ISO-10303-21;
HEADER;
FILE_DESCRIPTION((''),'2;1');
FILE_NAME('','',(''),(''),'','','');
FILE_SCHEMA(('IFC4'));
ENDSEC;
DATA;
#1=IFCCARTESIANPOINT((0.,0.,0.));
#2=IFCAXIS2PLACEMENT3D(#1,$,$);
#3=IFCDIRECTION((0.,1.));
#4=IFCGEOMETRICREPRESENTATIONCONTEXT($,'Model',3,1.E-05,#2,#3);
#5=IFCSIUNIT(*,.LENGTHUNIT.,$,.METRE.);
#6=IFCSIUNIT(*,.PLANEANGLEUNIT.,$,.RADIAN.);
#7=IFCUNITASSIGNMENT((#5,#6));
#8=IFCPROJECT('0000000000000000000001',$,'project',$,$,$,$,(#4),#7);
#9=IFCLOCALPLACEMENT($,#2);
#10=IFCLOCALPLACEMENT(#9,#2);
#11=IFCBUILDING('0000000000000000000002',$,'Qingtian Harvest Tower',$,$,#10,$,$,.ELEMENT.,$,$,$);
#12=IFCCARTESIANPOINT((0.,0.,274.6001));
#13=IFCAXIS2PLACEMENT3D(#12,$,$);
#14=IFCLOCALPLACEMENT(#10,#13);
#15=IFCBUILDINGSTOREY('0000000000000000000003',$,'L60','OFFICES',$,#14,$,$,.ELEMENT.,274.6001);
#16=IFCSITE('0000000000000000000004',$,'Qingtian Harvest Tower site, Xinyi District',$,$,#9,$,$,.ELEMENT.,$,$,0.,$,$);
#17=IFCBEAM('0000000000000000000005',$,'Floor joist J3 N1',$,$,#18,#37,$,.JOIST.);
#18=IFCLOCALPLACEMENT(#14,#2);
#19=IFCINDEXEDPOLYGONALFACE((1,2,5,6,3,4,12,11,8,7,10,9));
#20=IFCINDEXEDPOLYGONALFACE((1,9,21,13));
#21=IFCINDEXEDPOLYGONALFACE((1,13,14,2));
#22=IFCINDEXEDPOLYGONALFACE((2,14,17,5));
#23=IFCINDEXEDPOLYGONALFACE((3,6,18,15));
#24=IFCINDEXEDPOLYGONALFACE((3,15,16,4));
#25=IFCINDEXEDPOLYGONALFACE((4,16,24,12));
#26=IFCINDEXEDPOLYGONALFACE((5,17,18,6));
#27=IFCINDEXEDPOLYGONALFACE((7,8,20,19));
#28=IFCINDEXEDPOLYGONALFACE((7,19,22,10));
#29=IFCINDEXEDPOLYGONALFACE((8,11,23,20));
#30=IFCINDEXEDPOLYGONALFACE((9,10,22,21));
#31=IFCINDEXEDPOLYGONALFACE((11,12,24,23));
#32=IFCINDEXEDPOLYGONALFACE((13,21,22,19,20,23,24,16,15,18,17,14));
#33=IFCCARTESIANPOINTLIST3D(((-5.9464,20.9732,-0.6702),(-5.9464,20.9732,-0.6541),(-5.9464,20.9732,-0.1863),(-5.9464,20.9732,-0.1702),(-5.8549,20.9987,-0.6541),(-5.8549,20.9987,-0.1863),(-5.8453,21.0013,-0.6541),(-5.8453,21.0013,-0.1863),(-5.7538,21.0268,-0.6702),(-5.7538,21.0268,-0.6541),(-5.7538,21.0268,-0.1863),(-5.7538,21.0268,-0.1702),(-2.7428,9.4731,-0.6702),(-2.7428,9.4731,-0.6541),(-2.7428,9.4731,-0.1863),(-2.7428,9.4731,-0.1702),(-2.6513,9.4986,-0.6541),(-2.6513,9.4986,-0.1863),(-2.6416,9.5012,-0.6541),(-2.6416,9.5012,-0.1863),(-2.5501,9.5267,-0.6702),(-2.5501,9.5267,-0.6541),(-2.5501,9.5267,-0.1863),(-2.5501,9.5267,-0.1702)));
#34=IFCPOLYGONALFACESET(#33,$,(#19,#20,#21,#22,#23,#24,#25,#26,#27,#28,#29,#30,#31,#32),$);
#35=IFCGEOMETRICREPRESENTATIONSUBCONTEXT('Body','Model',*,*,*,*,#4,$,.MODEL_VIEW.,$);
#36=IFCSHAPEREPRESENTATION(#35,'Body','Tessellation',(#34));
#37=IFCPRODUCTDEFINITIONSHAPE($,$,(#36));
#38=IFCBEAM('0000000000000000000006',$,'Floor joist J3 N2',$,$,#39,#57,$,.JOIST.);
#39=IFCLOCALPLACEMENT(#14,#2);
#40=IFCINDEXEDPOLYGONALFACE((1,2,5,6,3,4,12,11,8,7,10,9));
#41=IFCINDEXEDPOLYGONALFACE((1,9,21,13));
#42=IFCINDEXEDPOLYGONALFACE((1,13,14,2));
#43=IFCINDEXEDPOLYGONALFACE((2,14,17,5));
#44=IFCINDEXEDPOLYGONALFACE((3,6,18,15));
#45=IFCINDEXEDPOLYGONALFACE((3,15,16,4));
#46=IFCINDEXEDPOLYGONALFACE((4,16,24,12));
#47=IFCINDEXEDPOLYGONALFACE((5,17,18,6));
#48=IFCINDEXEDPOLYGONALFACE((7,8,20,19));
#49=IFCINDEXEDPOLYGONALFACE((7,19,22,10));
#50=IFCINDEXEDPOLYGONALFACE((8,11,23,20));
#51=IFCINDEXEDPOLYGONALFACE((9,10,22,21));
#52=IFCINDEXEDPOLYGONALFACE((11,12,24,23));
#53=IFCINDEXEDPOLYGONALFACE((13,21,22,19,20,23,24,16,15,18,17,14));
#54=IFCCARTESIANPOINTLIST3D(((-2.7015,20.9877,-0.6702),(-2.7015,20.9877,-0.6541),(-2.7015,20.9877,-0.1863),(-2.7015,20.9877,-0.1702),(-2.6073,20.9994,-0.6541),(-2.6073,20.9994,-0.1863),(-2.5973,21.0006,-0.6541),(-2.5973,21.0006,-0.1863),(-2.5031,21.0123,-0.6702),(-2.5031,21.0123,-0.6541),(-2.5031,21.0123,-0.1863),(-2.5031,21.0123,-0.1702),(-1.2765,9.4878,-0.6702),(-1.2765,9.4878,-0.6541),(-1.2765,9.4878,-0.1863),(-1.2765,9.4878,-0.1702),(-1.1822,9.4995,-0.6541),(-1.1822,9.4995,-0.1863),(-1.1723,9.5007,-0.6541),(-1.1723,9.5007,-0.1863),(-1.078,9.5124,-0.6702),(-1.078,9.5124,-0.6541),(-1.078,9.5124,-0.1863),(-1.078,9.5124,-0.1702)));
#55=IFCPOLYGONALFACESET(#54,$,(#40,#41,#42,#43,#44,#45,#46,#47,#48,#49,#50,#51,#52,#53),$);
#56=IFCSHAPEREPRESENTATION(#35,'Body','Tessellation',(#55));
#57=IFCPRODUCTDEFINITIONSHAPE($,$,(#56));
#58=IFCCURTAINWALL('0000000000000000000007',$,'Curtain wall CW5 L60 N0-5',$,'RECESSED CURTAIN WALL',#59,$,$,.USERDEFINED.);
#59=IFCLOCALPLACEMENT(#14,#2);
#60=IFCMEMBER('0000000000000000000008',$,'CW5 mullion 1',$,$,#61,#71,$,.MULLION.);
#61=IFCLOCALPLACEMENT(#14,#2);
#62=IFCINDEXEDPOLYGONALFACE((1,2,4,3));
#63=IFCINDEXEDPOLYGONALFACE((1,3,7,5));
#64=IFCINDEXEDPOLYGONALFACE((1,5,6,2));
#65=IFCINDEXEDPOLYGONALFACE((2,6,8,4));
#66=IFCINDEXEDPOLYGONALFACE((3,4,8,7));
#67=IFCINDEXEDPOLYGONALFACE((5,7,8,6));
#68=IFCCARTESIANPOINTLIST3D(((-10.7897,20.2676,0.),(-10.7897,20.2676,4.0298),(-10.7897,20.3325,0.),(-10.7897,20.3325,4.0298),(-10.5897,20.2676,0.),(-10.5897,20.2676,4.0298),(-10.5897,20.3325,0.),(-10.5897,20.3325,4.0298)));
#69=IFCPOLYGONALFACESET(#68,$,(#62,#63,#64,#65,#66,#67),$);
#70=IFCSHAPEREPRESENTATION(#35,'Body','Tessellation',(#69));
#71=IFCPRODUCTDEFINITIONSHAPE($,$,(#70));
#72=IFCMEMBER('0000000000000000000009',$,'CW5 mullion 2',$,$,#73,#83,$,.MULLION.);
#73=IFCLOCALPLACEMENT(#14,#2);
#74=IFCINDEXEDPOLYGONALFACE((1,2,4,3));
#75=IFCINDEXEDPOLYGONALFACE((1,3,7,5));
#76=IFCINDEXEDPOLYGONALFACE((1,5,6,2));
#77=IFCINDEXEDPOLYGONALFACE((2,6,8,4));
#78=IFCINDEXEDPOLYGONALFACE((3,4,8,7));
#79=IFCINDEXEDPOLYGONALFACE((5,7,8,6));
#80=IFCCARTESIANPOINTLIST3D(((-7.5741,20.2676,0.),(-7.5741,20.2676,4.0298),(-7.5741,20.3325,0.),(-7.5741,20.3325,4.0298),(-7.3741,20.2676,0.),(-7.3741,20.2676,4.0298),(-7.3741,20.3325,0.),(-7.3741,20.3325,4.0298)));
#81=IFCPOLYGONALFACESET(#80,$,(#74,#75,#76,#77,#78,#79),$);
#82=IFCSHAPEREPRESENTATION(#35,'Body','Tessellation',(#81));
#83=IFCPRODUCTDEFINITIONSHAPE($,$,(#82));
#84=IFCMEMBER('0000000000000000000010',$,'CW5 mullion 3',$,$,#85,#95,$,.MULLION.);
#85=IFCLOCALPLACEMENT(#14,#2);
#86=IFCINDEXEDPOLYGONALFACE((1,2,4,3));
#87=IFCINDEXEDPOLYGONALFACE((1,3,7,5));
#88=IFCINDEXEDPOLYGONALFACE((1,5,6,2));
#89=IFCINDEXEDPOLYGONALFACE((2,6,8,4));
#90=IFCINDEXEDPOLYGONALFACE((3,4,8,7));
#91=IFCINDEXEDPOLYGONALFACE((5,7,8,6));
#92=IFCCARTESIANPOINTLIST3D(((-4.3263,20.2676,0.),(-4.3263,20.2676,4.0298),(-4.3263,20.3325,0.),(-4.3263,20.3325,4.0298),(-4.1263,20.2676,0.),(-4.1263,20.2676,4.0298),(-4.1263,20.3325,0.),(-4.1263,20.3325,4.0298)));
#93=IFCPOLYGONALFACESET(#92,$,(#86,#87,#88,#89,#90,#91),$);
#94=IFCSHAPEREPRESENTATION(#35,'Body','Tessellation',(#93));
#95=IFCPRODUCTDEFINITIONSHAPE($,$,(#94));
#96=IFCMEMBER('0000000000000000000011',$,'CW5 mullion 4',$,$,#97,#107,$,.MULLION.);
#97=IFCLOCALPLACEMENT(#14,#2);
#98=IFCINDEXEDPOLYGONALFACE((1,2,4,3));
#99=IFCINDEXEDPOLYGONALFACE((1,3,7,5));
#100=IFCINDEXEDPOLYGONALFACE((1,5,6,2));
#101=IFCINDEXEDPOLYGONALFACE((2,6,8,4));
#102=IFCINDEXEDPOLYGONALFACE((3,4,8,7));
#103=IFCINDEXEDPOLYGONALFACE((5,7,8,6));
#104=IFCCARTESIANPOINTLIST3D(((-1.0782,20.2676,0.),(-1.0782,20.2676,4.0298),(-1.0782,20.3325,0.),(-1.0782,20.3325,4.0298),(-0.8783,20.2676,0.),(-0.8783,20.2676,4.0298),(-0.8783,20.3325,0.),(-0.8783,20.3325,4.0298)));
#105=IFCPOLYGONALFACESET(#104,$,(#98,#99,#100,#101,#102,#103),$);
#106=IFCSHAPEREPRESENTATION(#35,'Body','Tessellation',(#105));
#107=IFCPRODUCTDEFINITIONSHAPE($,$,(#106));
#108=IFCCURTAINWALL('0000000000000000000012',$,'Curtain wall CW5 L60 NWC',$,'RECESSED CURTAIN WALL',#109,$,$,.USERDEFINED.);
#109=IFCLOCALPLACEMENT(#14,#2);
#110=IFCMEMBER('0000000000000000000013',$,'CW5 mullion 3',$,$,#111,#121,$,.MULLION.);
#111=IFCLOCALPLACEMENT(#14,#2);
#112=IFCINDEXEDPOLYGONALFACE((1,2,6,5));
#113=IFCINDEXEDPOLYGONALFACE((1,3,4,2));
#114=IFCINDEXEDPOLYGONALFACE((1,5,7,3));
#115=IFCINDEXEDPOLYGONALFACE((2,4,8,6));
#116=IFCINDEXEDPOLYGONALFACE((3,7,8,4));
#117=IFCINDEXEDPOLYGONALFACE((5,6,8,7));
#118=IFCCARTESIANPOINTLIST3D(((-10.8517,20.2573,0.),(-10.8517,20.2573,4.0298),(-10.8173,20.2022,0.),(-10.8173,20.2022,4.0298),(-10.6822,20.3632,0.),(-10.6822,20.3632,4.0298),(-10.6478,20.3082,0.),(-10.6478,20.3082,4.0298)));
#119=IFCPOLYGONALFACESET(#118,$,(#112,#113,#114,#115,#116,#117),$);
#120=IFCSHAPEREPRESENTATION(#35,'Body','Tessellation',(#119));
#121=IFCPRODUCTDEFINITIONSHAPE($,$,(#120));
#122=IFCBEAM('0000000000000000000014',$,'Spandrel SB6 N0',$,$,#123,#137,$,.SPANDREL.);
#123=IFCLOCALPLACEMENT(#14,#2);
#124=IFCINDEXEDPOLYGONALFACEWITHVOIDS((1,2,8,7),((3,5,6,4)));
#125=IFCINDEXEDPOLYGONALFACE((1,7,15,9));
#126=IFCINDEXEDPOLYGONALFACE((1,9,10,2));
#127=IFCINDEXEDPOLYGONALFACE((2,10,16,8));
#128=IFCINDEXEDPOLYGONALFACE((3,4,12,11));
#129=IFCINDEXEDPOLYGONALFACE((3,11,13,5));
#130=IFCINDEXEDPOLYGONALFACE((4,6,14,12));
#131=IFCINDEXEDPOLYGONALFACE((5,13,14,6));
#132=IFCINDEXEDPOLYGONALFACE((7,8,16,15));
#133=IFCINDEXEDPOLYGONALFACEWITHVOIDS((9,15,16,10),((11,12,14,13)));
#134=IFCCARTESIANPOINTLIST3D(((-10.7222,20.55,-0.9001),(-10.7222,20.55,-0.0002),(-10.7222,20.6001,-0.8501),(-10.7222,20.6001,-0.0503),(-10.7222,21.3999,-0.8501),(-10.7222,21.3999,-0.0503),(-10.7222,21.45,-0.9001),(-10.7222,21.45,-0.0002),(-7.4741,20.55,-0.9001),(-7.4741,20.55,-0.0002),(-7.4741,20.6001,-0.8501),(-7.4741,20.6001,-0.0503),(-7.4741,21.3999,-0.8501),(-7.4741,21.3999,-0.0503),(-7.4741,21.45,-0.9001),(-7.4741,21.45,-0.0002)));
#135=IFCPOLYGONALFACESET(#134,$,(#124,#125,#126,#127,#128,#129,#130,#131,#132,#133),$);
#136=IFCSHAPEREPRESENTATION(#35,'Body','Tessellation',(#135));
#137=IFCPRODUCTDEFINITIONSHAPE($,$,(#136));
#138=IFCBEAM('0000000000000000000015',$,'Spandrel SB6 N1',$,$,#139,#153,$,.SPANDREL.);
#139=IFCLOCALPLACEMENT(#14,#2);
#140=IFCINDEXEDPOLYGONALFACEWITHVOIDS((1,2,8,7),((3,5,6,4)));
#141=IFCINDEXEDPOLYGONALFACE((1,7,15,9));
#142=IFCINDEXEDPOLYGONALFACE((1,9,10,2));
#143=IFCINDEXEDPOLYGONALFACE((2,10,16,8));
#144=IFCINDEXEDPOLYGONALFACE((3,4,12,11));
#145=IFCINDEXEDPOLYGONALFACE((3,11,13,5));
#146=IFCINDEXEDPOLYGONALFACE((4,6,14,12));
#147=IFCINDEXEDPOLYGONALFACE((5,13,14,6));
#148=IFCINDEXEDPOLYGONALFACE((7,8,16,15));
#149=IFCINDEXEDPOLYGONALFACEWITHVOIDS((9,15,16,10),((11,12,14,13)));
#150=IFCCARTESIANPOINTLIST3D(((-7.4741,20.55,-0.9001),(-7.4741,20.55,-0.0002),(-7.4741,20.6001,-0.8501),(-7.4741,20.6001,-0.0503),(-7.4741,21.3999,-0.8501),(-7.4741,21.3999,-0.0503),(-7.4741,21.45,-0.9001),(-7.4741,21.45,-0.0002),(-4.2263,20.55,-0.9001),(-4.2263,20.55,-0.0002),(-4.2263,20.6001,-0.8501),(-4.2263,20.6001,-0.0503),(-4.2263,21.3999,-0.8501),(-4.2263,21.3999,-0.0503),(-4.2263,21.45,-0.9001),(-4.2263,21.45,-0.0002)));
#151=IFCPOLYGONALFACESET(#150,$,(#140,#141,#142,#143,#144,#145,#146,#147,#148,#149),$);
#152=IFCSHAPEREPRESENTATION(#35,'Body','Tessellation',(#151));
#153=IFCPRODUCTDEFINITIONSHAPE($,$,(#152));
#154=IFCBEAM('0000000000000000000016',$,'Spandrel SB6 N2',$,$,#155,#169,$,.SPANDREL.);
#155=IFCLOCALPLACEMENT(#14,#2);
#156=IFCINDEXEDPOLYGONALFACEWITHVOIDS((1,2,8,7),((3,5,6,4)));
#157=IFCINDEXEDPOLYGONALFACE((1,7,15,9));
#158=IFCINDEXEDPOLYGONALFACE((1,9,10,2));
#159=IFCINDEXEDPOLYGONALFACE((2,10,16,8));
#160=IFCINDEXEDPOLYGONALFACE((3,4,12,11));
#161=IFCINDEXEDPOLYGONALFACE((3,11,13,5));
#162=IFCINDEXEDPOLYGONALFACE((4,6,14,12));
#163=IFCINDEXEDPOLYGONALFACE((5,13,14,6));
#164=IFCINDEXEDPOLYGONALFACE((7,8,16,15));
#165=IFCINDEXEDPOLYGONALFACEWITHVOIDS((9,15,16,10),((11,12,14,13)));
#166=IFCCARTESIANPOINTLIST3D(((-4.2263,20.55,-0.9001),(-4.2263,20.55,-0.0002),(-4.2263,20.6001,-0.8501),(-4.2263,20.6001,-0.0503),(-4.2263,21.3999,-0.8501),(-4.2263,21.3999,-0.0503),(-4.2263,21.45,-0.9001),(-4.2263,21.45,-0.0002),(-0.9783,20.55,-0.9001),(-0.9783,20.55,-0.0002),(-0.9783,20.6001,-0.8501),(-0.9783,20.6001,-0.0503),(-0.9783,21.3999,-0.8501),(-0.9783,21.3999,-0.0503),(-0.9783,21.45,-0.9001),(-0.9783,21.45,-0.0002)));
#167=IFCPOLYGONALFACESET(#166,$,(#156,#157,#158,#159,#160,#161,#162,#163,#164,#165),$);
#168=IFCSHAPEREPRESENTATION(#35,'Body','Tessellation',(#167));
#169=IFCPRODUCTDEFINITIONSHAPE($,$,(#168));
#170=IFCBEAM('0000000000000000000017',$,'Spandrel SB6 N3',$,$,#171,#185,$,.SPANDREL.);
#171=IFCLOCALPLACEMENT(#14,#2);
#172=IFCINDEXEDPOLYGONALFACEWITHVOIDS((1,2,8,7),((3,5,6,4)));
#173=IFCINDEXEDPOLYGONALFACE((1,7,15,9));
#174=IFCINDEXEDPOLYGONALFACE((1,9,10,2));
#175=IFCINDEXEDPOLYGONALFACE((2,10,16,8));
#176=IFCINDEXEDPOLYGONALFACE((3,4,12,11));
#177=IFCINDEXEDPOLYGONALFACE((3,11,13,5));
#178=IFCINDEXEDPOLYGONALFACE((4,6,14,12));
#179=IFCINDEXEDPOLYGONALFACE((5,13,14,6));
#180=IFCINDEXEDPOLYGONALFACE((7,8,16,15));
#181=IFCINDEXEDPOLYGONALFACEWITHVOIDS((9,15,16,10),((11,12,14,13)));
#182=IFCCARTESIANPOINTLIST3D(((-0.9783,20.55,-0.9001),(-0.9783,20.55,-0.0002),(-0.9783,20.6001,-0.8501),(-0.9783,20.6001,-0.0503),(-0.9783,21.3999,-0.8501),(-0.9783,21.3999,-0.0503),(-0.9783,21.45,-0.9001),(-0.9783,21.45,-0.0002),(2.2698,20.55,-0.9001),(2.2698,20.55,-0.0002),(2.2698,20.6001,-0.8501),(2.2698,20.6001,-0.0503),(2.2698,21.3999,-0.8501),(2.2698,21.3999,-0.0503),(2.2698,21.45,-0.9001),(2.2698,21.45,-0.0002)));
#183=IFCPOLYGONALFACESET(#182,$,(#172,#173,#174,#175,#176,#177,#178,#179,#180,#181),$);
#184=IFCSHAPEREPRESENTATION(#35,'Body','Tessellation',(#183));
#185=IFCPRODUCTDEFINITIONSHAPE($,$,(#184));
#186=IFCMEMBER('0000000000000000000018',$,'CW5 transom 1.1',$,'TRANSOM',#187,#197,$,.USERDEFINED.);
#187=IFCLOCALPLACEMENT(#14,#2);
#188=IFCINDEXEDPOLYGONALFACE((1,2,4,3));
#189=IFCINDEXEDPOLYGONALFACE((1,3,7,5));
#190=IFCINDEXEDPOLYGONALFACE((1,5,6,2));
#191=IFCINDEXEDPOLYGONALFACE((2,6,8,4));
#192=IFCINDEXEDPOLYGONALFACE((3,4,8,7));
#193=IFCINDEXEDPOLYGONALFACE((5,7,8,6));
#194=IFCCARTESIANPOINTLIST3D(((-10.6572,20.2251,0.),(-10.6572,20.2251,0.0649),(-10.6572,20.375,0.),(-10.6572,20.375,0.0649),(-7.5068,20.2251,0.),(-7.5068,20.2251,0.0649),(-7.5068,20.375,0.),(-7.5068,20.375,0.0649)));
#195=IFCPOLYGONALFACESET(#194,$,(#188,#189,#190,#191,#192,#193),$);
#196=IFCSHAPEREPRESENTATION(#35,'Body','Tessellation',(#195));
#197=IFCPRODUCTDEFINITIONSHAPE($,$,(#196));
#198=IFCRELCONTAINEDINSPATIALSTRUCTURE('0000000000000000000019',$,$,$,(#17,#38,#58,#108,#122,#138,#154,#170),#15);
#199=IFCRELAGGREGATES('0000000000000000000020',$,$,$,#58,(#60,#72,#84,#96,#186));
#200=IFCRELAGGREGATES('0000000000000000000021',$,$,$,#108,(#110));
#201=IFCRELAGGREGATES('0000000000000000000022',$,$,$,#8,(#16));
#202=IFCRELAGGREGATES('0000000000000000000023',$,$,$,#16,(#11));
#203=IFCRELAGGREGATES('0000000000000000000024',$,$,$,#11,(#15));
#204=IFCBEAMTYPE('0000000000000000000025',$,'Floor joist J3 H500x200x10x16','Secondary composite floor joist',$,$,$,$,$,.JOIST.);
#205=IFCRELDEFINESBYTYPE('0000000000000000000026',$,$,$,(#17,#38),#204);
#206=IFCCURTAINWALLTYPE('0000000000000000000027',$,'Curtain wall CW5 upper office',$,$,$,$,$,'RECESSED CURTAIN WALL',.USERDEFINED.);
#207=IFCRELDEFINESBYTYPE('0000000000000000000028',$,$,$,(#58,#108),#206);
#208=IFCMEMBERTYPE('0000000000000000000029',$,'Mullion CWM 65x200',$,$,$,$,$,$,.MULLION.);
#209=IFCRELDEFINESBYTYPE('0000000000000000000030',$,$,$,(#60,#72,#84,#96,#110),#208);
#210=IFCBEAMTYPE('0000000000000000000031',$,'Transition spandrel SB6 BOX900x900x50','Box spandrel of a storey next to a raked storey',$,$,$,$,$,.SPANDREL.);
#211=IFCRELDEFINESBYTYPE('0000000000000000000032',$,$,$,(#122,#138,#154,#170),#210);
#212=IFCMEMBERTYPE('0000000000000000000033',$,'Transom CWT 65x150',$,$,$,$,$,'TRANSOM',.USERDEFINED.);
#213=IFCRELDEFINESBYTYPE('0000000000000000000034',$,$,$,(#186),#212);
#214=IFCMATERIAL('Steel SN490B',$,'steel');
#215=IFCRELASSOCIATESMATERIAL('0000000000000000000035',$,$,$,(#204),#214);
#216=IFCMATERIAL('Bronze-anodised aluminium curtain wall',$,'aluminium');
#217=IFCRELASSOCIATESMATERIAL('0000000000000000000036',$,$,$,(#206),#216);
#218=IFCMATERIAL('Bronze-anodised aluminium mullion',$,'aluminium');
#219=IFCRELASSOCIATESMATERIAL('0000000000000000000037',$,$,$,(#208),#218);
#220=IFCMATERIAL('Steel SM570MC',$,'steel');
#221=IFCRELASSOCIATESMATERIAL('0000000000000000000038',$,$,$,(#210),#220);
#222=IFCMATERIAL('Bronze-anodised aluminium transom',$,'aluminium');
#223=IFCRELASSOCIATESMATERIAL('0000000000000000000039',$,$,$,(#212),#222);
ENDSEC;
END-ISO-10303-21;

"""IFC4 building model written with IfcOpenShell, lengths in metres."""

from ifc_helpers import new_model, si_unit, direction, frame, origin, origin_2d, place, context, subcontext, project, spatial, rectangle, hollow_rectangle, i_section, extrude, material, material_profile, profile_set, type_object, element, aggregate, save


model = new_model("IFC4")

# Units and contexts
model_context = context("Model", 3, precision=1e-05, world=origin(), true_north=direction((0.0, 1.0)))
body_context = subcontext(model_context, "Body", "Model", "MODEL_VIEW")
ifc_project = project(units=[si_unit("LENGTHUNIT", "METRE"), si_unit("PLANEANGLEUNIT", "RADIAN")], contexts=[model_context])

# Site, building, storey
site_placement = place(None, origin())
site = spatial("IfcSite", under=ifc_project, at=site_placement, Name="Qingtian Harvest Tower site, Xinyi District", CompositionType="ELEMENT", RefElevation=0.0)
building_placement = place(site_placement, origin())
building = spatial("IfcBuilding", under=site, at=building_placement, Name="Qingtian Harvest Tower", CompositionType="ELEMENT")
storey_placement = place(building_placement, frame((0.0, 0.0, 274.6001)))
storey = spatial("IfcBuildingStorey", under=building, at=storey_placement, Name="L60", Description="OFFICES", CompositionType="ELEMENT", Elevation=274.6001)

# Beams
ifc_material_1 = material(Name="Steel SN490B", Category="steel")
ifc_material_profile_1 = material_profile(ifc_material_1, i_section(OverallWidth=0.2, OverallDepth=0.5, WebThickness=0.01, FlangeThickness=0.0161, at=origin_2d()), Name="H500x200x10x16")
ifc_profile_set_1 = profile_set([ifc_material_profile_1], Name="Steel SN490B")
beam_type_1 = type_object("IfcBeamType", Name="Floor joist J3 H500x200x10x16", Description="Secondary composite floor joist", PredefinedType="JOIST", material=ifc_profile_set_1)
beam_1_placement = place(storey_placement, frame((-5.8501, 21.0, -0.4202), z_axis=(0.268357, -0.96332, 0.0), x_axis=(0.96332, 0.268357, 0.0)))
element("IfcBeam", 1, at=beam_1_placement, inside=storey, type_object=beam_type_1, Name="Floor joist J3 N1", PredefinedType="JOIST", context=body_context, shape_type="SweptSolid", body=[
    extrude(i_section(OverallWidth=0.2, OverallDepth=0.5, WebThickness=0.01, FlangeThickness=0.0161, at=origin_2d()), origin(), (0.0, 0.0, 1.0), 11.938),
])
beam_2_placement = place(storey_placement, frame((-2.6023, 21.0, -0.4202), z_axis=(0.122977, -0.99241, 0.0), x_axis=(0.99241, 0.122977, 0.0)))
element("IfcBeam", 2, at=beam_2_placement, inside=storey, type_object=beam_type_1, Name="Floor joist J3 N2", PredefinedType="JOIST", context=body_context, shape_type="SweptSolid", body=[
    extrude(i_section(OverallWidth=0.2, OverallDepth=0.5, WebThickness=0.01, FlangeThickness=0.0161, at=origin_2d()), origin(), (0.0, 0.0, 1.0), 11.5879),
])

# Curtain wall, members
ifc_material_2 = material(Name="Bronze-anodised aluminium curtain wall", Category="aluminium")
curtain_wall_type = type_object("IfcCurtainWallType", Name="Curtain wall CW5 upper office", ElementType="RECESSED CURTAIN WALL", PredefinedType="USERDEFINED", material=ifc_material_2)
curtain_wall_1_placement = place(storey_placement, origin())
curtain_wall_1 = element("IfcCurtainWall", 3, at=curtain_wall_1_placement, inside=storey, type_object=curtain_wall_type, Name="Curtain wall CW5 L60 N0-5", ObjectType="RECESSED CURTAIN WALL", PredefinedType="USERDEFINED")
ifc_material_3 = material(Name="Bronze-anodised aluminium mullion", Category="aluminium")
ifc_material_profile_2 = material_profile(ifc_material_3, rectangle(XDim=0.0649, YDim=0.2, at=origin_2d()), Name="AL 65x200")
ifc_profile_set_2 = profile_set([ifc_material_profile_2], Name="Bronze-anodised aluminium mullion")
member_type_1 = type_object("IfcMemberType", Name="Mullion CWM 65x200", PredefinedType="MULLION", material=ifc_profile_set_2)
member_1_placement = place(storey_placement, frame((-10.6897, 20.3, 0.0), z_axis=(0.0, 0.0, 1.0), x_axis=(0.0, 1.0, 0.0)))
member_1 = element("IfcMember", 4, at=member_1_placement, type_object=member_type_1, Name="CW5 mullion 1", PredefinedType="MULLION", context=body_context, shape_type="SweptSolid", body=[
    extrude(rectangle(XDim=0.0649, YDim=0.2, at=origin_2d()), origin(), (0.0, 0.0, 1.0), 4.0298),
])
member_2_placement = place(storey_placement, frame((-7.4741, 20.3, 0.0), z_axis=(0.0, 0.0, 1.0), x_axis=(0.0, 1.0, 0.0)))
member_2 = element("IfcMember", 5, at=member_2_placement, type_object=member_type_1, Name="CW5 mullion 2", PredefinedType="MULLION", context=body_context, shape_type="SweptSolid", body=[
    extrude(rectangle(XDim=0.0649, YDim=0.2, at=origin_2d()), origin(), (0.0, 0.0, 1.0), 4.0298),
])
member_3_placement = place(storey_placement, frame((-4.2263, 20.3, 0.0), z_axis=(0.0, 0.0, 1.0), x_axis=(0.0, 1.0, 0.0)))
member_3 = element("IfcMember", 6, at=member_3_placement, type_object=member_type_1, Name="CW5 mullion 3", PredefinedType="MULLION", context=body_context, shape_type="SweptSolid", body=[
    extrude(rectangle(XDim=0.0649, YDim=0.2, at=origin_2d()), origin(), (0.0, 0.0, 1.0), 4.0298),
])
member_4_placement = place(storey_placement, frame((-0.9783, 20.3, 0.0), z_axis=(0.0, 0.0, 1.0), x_axis=(0.0, 1.0, 0.0)))
member_4 = element("IfcMember", 7, at=member_4_placement, type_object=member_type_1, Name="CW5 mullion 4", PredefinedType="MULLION", context=body_context, shape_type="SweptSolid", body=[
    extrude(rectangle(XDim=0.0649, YDim=0.2, at=origin_2d()), origin(), (0.0, 0.0, 1.0), 4.0298),
])

# Curtain wall, member
curtain_wall_2_placement = place(storey_placement, origin())
curtain_wall_2 = element("IfcCurtainWall", 8, at=curtain_wall_2_placement, inside=storey, type_object=curtain_wall_type, Name="Curtain wall CW5 L60 NWC", ObjectType="RECESSED CURTAIN WALL", PredefinedType="USERDEFINED")
member_5_placement = place(storey_placement, frame((-10.7498, 20.2827, 0.0), z_axis=(0.0, 0.0, 1.0), x_axis=(-0.529919, 0.848048, 0.0)))
member_5 = element("IfcMember", 9, at=member_5_placement, type_object=member_type_1, Name="CW5 mullion 3", PredefinedType="MULLION", context=body_context, shape_type="SweptSolid", body=[
    extrude(rectangle(XDim=0.0649, YDim=0.2, at=origin_2d()), origin(), (0.0, 0.0, 1.0), 4.0298),
])

# Beams
ifc_material_4 = material(Name="Steel SM570MC", Category="steel")
ifc_material_profile_3 = material_profile(ifc_material_4, hollow_rectangle(XDim=0.8999, YDim=0.8999, WallThickness=0.05, at=origin_2d()), Name="BOX900x900x50")
ifc_profile_set_3 = profile_set([ifc_material_profile_3], Name="Steel SM570MC")
beam_type_2 = type_object("IfcBeamType", Name="Transition spandrel SB6 BOX900x900x50", Description="Box spandrel of a storey next to a raked storey", PredefinedType="SPANDREL", material=ifc_profile_set_3)
beam_3_placement = place(storey_placement, frame((-10.7222, 21.0, -0.4502), z_axis=(1.0, 0.0, 0.0), x_axis=(0.0, 1.0, 0.0)))
element("IfcBeam", 10, at=beam_3_placement, inside=storey, type_object=beam_type_2, Name="Spandrel SB6 N0", PredefinedType="SPANDREL", context=body_context, shape_type="SweptSolid", body=[
    extrude(hollow_rectangle(XDim=0.8999, YDim=0.8999, WallThickness=0.05, at=origin_2d()), origin(), (0.0, 0.0, 1.0), 3.248),
])
beam_4_placement = place(storey_placement, frame((-7.4741, 21.0, -0.4502), z_axis=(1.0, 0.0, 0.0), x_axis=(0.0, 1.0, 0.0)))
element("IfcBeam", 11, at=beam_4_placement, inside=storey, type_object=beam_type_2, Name="Spandrel SB6 N1", PredefinedType="SPANDREL", context=body_context, shape_type="SweptSolid", body=[
    extrude(hollow_rectangle(XDim=0.8999, YDim=0.8999, WallThickness=0.05, at=origin_2d()), origin(), (0.0, 0.0, 1.0), 3.2478),
])
for number, where, z_axis, x_axis, name in (
    (12, (-4.2263, 21.0, -0.4502), (1.0, 0.0, 0.0), (0.0, 1.0, 0.0), "Spandrel SB6 N2"),
    (13, (-0.9783, 21.0, -0.4502), (1.0, 0.0, 0.0), (0.0, 1.0, 0.0), "Spandrel SB6 N3"),
):
    element("IfcBeam", number, at=place(storey_placement, frame(where, z_axis=z_axis, x_axis=x_axis)), inside=storey, type_object=beam_type_2, Name=name, PredefinedType="SPANDREL", context=body_context, shape_type="SweptSolid", body=[
        extrude(hollow_rectangle(XDim=0.8999, YDim=0.8999, WallThickness=0.05, at=origin_2d()), origin(), (0.0, 0.0, 1.0), 3.248),
    ])

# Member
ifc_material_5 = material(Name="Bronze-anodised aluminium transom", Category="aluminium")
ifc_material_profile_4 = material_profile(ifc_material_5, rectangle(XDim=0.1499, YDim=0.0649, at=origin_2d()), Name="AL 65x150")
ifc_profile_set_4 = profile_set([ifc_material_profile_4], Name="Bronze-anodised aluminium transom")
member_type_2 = type_object("IfcMemberType", Name="Transom CWT 65x150", ElementType="TRANSOM", PredefinedType="USERDEFINED", material=ifc_profile_set_4)
member_6_placement = place(storey_placement, frame((-10.6572, 20.3, 0.0325), z_axis=(1.0, 0.0, 0.0), x_axis=(0.0, 1.0, 0.0)))
member_6 = element("IfcMember", 14, at=member_6_placement, type_object=member_type_2, Name="CW5 transom 1.1", ObjectType="TRANSOM", PredefinedType="USERDEFINED", context=body_context, shape_type="SweptSolid", body=[
    extrude(rectangle(XDim=0.1499, YDim=0.0649, at=origin_2d()), origin(), (0.0, 0.0, 1.0), 3.1504),
])

aggregate(curtain_wall_1, [member_1, member_2, member_3, member_4, member_6])
aggregate(curtain_wall_2, [member_5])

save(model, "model.ifc")
